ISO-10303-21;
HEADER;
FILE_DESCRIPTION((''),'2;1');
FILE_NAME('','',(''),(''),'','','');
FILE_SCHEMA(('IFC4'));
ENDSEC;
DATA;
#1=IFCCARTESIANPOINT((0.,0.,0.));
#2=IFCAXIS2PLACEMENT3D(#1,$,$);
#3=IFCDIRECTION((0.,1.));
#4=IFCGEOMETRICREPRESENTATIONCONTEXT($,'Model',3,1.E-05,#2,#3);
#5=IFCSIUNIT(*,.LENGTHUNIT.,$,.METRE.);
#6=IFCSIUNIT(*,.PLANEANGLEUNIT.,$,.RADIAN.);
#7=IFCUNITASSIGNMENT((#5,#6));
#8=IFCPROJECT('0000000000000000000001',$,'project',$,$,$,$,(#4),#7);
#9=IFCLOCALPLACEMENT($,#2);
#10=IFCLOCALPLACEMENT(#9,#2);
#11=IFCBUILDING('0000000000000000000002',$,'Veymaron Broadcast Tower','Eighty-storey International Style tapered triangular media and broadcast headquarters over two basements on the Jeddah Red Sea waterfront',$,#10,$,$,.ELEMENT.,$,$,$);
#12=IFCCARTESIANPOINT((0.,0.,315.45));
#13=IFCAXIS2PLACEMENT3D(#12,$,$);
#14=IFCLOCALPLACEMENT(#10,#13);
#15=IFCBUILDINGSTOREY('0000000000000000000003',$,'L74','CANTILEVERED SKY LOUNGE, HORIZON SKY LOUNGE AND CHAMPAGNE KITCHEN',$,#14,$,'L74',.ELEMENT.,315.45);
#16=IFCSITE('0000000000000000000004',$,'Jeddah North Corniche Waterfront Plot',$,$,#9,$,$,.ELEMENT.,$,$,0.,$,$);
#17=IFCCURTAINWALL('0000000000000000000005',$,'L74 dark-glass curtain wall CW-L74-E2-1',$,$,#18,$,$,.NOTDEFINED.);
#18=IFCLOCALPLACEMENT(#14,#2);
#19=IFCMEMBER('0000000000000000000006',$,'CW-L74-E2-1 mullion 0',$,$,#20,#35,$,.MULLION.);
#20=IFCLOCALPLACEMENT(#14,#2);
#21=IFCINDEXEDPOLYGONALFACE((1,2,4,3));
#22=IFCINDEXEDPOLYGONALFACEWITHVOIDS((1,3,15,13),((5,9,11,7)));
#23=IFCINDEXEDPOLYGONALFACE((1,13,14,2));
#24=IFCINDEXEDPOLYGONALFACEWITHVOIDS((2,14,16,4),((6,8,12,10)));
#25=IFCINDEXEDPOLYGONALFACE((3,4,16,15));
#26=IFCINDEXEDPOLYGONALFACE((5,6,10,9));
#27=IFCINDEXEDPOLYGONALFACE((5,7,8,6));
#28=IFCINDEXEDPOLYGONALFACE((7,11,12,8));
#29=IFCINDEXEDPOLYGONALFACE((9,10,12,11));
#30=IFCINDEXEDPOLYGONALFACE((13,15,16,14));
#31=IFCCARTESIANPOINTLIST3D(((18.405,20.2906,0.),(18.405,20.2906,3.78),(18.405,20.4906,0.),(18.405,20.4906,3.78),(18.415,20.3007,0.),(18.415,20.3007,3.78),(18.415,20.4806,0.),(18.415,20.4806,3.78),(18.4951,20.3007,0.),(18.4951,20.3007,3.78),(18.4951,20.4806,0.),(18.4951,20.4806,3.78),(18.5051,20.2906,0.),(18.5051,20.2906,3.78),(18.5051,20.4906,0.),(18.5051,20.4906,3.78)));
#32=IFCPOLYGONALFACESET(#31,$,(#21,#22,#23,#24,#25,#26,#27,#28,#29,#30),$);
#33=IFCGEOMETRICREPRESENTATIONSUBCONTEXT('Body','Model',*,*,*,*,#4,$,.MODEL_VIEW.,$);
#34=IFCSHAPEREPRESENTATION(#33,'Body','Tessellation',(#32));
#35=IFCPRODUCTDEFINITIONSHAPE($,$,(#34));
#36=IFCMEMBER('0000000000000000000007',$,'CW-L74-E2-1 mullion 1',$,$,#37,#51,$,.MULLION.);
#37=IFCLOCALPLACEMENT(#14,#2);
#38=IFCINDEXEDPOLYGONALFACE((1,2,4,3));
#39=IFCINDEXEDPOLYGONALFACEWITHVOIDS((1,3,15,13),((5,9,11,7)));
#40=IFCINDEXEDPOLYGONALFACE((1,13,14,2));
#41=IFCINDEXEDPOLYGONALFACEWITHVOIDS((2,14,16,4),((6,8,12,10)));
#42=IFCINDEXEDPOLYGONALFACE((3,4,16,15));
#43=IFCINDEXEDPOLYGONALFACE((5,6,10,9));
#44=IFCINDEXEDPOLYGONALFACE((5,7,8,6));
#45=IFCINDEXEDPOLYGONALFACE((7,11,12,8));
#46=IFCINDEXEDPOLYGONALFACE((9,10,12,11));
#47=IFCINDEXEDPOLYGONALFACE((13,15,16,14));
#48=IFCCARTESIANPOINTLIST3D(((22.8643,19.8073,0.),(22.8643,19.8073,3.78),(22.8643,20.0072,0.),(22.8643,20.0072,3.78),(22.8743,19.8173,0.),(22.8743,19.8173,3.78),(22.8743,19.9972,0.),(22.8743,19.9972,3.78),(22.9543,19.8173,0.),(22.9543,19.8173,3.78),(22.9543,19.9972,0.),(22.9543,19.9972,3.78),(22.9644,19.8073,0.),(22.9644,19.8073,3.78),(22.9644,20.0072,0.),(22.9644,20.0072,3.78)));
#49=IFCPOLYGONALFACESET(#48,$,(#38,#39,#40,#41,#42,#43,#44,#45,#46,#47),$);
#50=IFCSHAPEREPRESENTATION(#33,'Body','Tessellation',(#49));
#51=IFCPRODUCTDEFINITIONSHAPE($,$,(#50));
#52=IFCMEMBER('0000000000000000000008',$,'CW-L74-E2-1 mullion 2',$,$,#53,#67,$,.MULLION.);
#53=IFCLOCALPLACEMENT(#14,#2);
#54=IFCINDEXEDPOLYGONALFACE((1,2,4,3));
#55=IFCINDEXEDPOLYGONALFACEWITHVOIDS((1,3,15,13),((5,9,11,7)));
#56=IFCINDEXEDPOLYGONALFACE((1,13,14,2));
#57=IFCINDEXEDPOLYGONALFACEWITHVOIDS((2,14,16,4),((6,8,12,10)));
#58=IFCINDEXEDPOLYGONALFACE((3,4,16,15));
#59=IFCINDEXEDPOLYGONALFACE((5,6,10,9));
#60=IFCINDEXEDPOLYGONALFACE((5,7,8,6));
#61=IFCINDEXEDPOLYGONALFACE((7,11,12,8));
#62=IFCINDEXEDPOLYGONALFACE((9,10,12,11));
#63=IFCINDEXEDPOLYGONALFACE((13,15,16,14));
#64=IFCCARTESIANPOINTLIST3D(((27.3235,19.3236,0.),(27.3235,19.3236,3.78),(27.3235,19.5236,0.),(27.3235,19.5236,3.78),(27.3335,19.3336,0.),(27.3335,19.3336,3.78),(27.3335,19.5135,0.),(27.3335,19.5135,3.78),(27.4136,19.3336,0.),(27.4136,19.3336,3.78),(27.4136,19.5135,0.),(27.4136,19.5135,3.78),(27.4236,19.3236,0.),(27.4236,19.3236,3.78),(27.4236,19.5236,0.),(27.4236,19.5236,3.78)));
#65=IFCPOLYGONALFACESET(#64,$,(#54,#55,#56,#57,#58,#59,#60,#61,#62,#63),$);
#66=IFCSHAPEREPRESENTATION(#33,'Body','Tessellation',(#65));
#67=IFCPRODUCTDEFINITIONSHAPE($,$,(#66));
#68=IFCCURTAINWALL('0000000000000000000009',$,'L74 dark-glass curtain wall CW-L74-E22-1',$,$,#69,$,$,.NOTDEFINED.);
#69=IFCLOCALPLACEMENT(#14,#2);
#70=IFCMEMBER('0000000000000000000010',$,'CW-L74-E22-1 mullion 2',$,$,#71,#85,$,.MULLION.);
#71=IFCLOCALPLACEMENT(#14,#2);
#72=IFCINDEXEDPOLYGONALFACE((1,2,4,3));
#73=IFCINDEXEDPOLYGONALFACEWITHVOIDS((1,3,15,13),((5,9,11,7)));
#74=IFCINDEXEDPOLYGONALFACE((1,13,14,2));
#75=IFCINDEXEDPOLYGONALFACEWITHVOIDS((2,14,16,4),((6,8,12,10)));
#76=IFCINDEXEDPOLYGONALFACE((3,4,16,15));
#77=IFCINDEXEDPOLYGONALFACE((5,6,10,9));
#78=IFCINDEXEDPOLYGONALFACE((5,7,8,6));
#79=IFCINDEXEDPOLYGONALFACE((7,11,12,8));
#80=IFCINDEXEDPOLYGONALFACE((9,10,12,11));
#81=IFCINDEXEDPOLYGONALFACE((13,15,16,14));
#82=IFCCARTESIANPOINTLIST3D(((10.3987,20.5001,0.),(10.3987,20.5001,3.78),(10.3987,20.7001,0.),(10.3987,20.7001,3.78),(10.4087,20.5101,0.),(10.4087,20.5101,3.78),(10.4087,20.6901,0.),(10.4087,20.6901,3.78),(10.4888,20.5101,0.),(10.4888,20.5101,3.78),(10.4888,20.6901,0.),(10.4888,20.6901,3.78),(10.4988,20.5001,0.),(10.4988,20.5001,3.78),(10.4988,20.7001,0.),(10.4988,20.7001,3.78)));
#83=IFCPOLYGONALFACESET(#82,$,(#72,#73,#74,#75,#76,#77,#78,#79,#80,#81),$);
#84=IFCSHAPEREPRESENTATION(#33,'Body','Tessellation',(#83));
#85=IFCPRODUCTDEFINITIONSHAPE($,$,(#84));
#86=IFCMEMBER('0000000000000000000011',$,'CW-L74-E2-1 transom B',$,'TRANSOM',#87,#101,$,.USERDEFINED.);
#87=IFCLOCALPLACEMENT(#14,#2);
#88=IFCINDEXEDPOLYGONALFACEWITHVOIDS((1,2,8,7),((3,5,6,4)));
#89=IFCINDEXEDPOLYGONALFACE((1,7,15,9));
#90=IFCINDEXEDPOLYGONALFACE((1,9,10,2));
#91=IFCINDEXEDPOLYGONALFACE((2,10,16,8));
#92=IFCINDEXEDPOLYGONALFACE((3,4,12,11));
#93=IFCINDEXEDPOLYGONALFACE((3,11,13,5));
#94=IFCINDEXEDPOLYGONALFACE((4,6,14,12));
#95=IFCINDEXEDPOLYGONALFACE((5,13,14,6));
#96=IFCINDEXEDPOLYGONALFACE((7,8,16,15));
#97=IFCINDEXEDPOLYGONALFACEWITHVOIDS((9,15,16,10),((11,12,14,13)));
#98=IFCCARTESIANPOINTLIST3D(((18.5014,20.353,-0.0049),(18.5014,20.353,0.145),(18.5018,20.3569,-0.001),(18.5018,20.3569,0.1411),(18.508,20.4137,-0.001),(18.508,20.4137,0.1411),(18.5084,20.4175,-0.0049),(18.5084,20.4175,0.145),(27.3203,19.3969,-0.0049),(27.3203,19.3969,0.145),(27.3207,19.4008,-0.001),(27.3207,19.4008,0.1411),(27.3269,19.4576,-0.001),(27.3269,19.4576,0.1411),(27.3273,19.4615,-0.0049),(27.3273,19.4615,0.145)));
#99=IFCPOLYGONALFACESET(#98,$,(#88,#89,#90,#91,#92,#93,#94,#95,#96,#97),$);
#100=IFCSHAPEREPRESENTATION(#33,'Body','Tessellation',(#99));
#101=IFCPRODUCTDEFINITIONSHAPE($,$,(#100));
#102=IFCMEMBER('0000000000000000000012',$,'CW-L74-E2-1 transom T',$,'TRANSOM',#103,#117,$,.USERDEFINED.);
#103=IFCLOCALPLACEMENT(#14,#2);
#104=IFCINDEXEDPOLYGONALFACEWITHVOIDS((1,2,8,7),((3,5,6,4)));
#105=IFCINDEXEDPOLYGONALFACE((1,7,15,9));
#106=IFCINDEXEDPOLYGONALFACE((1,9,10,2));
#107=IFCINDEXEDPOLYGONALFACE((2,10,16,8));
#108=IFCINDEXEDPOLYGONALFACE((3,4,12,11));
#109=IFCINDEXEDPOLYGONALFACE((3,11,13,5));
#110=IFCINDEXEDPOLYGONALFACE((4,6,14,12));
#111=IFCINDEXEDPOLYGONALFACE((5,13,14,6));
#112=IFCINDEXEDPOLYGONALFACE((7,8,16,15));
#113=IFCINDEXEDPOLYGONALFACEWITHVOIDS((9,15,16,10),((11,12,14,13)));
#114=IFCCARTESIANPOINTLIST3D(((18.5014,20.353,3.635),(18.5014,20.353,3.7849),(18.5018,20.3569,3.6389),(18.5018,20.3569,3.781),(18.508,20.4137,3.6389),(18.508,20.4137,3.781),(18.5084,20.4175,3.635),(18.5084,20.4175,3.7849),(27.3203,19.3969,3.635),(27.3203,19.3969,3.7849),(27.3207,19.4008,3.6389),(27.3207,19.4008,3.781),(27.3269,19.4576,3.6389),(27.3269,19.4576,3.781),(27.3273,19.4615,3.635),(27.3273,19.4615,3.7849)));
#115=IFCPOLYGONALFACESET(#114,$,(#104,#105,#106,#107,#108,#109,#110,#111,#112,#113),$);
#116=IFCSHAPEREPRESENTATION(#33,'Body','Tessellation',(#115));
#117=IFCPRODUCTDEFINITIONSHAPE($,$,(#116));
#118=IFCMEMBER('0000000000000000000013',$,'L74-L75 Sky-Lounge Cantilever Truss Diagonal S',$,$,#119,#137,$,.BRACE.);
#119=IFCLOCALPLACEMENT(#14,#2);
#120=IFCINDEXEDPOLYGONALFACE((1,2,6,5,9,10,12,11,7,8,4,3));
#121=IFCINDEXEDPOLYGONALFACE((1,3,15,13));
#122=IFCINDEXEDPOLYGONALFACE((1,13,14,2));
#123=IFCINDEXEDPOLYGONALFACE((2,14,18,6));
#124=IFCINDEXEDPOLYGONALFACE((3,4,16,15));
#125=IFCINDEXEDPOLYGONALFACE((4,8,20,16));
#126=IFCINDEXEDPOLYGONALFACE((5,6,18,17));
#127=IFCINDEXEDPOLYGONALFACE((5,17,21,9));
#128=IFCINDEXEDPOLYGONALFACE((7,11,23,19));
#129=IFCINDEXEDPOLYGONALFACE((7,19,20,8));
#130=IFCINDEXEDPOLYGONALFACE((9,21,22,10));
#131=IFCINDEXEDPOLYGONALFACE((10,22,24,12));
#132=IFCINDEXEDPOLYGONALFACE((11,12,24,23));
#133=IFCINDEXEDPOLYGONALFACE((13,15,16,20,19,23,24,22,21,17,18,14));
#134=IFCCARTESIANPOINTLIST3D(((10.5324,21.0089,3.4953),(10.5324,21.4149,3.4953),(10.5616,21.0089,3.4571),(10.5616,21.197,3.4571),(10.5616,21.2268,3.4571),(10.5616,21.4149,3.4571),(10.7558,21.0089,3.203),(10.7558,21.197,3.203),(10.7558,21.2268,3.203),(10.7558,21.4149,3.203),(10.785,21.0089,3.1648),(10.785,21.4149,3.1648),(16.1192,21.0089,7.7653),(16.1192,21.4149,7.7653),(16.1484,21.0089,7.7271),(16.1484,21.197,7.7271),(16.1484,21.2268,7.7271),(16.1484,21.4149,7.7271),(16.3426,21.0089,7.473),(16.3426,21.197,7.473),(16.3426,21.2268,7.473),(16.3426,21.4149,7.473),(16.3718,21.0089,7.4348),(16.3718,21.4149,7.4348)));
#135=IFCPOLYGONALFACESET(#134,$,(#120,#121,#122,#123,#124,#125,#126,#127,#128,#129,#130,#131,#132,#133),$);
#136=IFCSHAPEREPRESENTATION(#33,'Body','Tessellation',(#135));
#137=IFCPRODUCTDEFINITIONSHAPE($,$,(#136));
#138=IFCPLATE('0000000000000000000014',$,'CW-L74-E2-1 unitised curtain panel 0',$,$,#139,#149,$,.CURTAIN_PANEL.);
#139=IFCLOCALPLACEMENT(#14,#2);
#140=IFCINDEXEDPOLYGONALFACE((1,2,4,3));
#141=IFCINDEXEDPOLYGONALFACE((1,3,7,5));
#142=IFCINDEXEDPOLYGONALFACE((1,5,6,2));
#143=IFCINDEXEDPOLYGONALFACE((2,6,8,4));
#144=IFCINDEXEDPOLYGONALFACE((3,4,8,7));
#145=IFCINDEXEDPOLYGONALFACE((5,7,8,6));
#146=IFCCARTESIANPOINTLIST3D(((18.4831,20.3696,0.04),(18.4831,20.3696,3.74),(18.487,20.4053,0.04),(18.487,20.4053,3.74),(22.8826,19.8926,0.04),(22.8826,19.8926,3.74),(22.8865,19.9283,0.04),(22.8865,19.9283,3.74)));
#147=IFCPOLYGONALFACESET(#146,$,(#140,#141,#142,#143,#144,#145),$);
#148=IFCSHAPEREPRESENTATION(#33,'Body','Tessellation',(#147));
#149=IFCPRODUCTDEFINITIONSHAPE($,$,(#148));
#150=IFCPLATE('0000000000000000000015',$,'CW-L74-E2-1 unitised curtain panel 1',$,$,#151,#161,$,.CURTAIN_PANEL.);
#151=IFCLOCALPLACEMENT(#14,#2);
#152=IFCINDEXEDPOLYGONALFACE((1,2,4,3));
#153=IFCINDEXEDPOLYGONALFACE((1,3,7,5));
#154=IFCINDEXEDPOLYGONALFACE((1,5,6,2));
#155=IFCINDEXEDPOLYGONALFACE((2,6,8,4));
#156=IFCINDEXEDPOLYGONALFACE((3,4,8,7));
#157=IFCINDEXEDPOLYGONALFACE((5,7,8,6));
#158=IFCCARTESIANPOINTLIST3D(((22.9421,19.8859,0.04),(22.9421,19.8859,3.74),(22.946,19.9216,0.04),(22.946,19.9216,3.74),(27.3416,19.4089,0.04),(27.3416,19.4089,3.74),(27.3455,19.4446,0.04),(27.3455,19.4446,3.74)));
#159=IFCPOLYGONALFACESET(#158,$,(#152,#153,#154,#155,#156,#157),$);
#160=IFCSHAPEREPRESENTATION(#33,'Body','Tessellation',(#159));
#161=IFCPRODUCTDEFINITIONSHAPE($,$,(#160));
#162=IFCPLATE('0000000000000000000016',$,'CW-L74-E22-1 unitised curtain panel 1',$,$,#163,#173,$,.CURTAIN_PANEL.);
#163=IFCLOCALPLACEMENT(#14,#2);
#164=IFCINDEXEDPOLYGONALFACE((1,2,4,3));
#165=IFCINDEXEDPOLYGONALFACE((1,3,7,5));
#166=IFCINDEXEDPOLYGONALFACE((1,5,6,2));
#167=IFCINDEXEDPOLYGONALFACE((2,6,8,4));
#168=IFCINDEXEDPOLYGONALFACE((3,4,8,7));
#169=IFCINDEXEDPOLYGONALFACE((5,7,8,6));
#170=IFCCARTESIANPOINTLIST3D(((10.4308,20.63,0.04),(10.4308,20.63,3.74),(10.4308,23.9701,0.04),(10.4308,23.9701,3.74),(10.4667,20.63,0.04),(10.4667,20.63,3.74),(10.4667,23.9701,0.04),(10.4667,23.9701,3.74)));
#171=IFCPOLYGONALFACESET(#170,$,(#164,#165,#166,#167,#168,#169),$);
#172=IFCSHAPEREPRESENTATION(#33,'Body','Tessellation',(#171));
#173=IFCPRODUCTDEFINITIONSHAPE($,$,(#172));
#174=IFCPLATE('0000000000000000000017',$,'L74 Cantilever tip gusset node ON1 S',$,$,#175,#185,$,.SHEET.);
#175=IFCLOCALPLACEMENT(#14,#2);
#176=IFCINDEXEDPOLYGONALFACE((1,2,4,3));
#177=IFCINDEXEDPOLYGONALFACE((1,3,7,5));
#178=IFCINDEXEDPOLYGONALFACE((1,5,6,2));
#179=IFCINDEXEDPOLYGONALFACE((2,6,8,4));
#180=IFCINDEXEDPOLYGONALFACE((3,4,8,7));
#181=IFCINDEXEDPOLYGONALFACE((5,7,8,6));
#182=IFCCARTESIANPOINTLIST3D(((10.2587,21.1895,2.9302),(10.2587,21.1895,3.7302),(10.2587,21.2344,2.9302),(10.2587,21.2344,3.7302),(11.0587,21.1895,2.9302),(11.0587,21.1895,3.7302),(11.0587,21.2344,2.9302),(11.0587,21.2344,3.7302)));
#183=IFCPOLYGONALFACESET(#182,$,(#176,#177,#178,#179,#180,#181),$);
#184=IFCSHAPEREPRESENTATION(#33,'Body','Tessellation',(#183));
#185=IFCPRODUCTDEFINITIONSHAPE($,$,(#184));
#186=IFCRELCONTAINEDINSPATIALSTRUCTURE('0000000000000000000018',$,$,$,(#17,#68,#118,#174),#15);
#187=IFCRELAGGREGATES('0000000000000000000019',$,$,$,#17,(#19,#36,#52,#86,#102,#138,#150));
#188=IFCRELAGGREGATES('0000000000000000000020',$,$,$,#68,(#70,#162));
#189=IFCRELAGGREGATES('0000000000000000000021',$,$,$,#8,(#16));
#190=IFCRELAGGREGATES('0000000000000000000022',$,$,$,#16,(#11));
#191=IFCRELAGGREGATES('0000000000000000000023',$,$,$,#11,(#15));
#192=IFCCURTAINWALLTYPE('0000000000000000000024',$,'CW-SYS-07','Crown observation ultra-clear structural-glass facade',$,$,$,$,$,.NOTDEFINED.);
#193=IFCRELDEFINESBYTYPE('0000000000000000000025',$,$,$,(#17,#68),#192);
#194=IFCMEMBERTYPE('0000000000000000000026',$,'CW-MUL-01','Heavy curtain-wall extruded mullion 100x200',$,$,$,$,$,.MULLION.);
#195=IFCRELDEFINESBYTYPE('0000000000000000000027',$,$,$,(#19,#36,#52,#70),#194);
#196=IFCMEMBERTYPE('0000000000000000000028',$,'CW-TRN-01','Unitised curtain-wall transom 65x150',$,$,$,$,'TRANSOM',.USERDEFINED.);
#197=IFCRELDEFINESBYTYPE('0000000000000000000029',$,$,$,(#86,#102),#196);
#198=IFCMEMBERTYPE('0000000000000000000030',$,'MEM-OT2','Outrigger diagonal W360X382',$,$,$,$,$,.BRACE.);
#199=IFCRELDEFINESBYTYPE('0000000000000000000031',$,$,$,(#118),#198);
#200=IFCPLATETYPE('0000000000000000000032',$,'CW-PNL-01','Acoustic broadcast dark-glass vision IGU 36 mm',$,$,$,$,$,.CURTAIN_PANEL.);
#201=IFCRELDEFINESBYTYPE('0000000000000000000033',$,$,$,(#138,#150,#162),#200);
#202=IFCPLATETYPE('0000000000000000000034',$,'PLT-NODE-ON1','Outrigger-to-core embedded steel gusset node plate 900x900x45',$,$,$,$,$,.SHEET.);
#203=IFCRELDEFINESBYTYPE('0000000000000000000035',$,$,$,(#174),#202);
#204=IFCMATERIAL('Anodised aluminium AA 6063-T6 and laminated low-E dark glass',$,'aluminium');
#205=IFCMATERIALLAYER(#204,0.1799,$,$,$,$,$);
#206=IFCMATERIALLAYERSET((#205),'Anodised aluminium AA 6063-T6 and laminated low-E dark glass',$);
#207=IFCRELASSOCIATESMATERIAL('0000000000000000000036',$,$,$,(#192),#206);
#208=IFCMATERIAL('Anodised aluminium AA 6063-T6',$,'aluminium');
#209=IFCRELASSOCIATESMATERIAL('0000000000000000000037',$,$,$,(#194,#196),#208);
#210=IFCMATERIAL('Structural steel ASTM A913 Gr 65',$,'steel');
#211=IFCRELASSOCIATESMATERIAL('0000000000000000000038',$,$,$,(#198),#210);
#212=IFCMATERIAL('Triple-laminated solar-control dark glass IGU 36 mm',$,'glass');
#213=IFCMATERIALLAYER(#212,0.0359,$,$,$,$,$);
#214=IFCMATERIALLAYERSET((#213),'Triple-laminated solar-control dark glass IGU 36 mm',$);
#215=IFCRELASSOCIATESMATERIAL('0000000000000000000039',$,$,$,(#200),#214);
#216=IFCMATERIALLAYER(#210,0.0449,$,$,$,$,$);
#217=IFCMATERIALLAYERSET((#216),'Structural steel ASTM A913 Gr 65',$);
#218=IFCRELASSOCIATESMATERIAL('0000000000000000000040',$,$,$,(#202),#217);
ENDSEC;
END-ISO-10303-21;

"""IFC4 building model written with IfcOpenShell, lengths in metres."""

from ifc_helpers import new_model, si_unit, direction, frame, origin, origin_2d, place, context, subcontext, project, spatial, rectangle, hollow_rectangle, i_section, extrude, material, layer, layer_set, material_profile, profile_set, type_object, element, aggregate, save


model = new_model("IFC4")

# Units and contexts
model_context = context("Model", 3, precision=1e-05, world=origin(), true_north=direction((0.0, 1.0)))
body_context = subcontext(model_context, "Body", "Model", "MODEL_VIEW")
ifc_project = project(units=[si_unit("LENGTHUNIT", "METRE"), si_unit("PLANEANGLEUNIT", "RADIAN")], contexts=[model_context])

# Site, building, storey
site_placement = place(None, origin())
site = spatial("IfcSite", under=ifc_project, at=site_placement, Name="Jeddah North Corniche Waterfront Plot", CompositionType="ELEMENT", RefElevation=0.0)
building_placement = place(site_placement, origin())
building = spatial("IfcBuilding", under=site, at=building_placement, Name="Veymaron Broadcast Tower", Description="Eighty-storey International Style tapered triangular media and broadcast headquarters over two basements on the Jeddah Red Sea waterfront", CompositionType="ELEMENT")
storey_placement = place(building_placement, frame((0.0, 0.0, 315.45)))
storey = spatial("IfcBuildingStorey", under=building, at=storey_placement, Name="L74", Description="CANTILEVERED SKY LOUNGE, HORIZON SKY LOUNGE AND CHAMPAGNE KITCHEN", LongName="L74", CompositionType="ELEMENT", Elevation=315.45)

# Shared definitions
ifc_material_1 = material(Name="Structural steel ASTM A913 Gr 65", Category="steel")

# Curtain wall, members
ifc_material_2 = material(Name="Anodised aluminium AA 6063-T6 and laminated low-E dark glass", Category="aluminium")
ifc_layer_1 = layer(ifc_material_2, 0.1799)
ifc_layer_set_1 = layer_set([ifc_layer_1], Name="Anodised aluminium AA 6063-T6 and laminated low-E dark glass")
curtain_wall_type = type_object("IfcCurtainWallType", Name="CW-SYS-07", Description="Crown observation ultra-clear structural-glass facade", PredefinedType="NOTDEFINED", material=ifc_layer_set_1)
curtain_wall_1_placement = place(storey_placement, origin())
curtain_wall_1 = element("IfcCurtainWall", 1, at=curtain_wall_1_placement, inside=storey, type_object=curtain_wall_type, Name="L74 dark-glass curtain wall CW-L74-E2-1", PredefinedType="NOTDEFINED")
ifc_material_3 = material(Name="Anodised aluminium AA 6063-T6", Category="aluminium")
ifc_material_profile_1 = material_profile(ifc_material_3, hollow_rectangle(XDim=0.1001, YDim=0.2, WallThickness=0.01, at=origin_2d()), Name="RHS200X100X10")
ifc_profile_set_1 = profile_set([ifc_material_profile_1], Name="Anodised aluminium AA 6063-T6")
member_type_1 = type_object("IfcMemberType", Name="CW-MUL-01", Description="Heavy curtain-wall extruded mullion 100x200", PredefinedType="MULLION", material=ifc_profile_set_1)
member_1_placement = place(storey_placement, frame((18.4551, 20.3906, 0.0), z_axis=(0.0, 0.0, 1.0), x_axis=(1.0, 0.0, 0.0)))
member_1 = element("IfcMember", 2, at=member_1_placement, type_object=member_type_1, Name="CW-L74-E2-1 mullion 0", PredefinedType="MULLION", context=body_context, shape_type="SweptSolid", body=[
    extrude(hollow_rectangle(XDim=0.1001, YDim=0.2, WallThickness=0.01, at=origin_2d()), origin(), (0.0, 0.0, 1.0), 3.78),
])
member_2_placement = place(storey_placement, frame((22.9143, 19.9072, 0.0), z_axis=(0.0, 0.0, 1.0), x_axis=(1.0, 0.0, 0.0)))
member_2 = element("IfcMember", 3, at=member_2_placement, type_object=member_type_1, Name="CW-L74-E2-1 mullion 1", PredefinedType="MULLION", context=body_context, shape_type="SweptSolid", body=[
    extrude(hollow_rectangle(XDim=0.1001, YDim=0.2, WallThickness=0.01, at=origin_2d()), origin(), (0.0, 0.0, 1.0), 3.78),
])
member_3_placement = place(storey_placement, frame((27.3735, 19.4236, 0.0), z_axis=(0.0, 0.0, 1.0), x_axis=(1.0, 0.0, 0.0)))
member_3 = element("IfcMember", 4, at=member_3_placement, type_object=member_type_1, Name="CW-L74-E2-1 mullion 2", PredefinedType="MULLION", context=body_context, shape_type="SweptSolid", body=[
    extrude(hollow_rectangle(XDim=0.1001, YDim=0.2, WallThickness=0.01, at=origin_2d()), origin(), (0.0, 0.0, 1.0), 3.78),
])

# Curtain wall, member
curtain_wall_2_placement = place(storey_placement, origin())
curtain_wall_2 = element("IfcCurtainWall", 5, at=curtain_wall_2_placement, inside=storey, type_object=curtain_wall_type, Name="L74 dark-glass curtain wall CW-L74-E22-1", PredefinedType="NOTDEFINED")
member_4_placement = place(storey_placement, frame((10.4487, 20.6001, 0.0), z_axis=(0.0, 0.0, 1.0), x_axis=(1.0, 0.0, 0.0)))
member_4 = element("IfcMember", 6, at=member_4_placement, type_object=member_type_1, Name="CW-L74-E22-1 mullion 2", PredefinedType="MULLION", context=body_context, shape_type="SweptSolid", body=[
    extrude(hollow_rectangle(XDim=0.1001, YDim=0.2, WallThickness=0.01, at=origin_2d()), origin(), (0.0, 0.0, 1.0), 3.78),
])

# Members
ifc_material_profile_2 = material_profile(ifc_material_3, hollow_rectangle(XDim=0.0649, YDim=0.1499, WallThickness=0.0039, at=origin_2d()), Name="AL150X65X4")
ifc_profile_set_2 = profile_set([ifc_material_profile_2], Name="Anodised aluminium AA 6063-T6")
member_type_2 = type_object("IfcMemberType", Name="CW-TRN-01", Description="Unitised curtain-wall transom 65x150", ElementType="TRANSOM", PredefinedType="USERDEFINED", material=ifc_profile_set_2)
member_5_placement = place(storey_placement, frame((18.5049, 20.3853, 0.0701), z_axis=(0.994175, -0.107779, 0.0), x_axis=(0.107779, 0.994175, 0.0)))
member_5 = element("IfcMember", 7, at=member_5_placement, type_object=member_type_2, Name="CW-L74-E2-1 transom B", ObjectType="TRANSOM", PredefinedType="USERDEFINED", context=body_context, shape_type="SweptSolid", body=[
    extrude(hollow_rectangle(XDim=0.0649, YDim=0.1499, WallThickness=0.0039, at=origin_2d()), origin(), (0.0, 0.0, 1.0), 8.8706),
])
member_6_placement = place(storey_placement, frame((18.5049, 20.3853, 3.71), z_axis=(0.994175, -0.107779, 0.0), x_axis=(0.107779, 0.994175, 0.0)))
member_6 = element("IfcMember", 8, at=member_6_placement, type_object=member_type_2, Name="CW-L74-E2-1 transom T", ObjectType="TRANSOM", PredefinedType="USERDEFINED", context=body_context, shape_type="SweptSolid", body=[
    extrude(hollow_rectangle(XDim=0.0649, YDim=0.1499, WallThickness=0.0039, at=origin_2d()), origin(), (0.0, 0.0, 1.0), 8.8706),
])
ifc_material_profile_3 = material_profile(ifc_material_1, i_section(OverallWidth=0.406, OverallDepth=0.416, WebThickness=0.0298, FlangeThickness=0.0481, at=origin_2d()), Name="W360X382")
ifc_profile_set_3 = profile_set([ifc_material_profile_3], Name="Structural steel ASTM A913 Gr 65")
member_type_3 = type_object("IfcMemberType", Name="MEM-OT2", Description="Outrigger diagonal W360X382", PredefinedType="BRACE", material=ifc_profile_set_3)
member_7_placement = place(storey_placement, frame((10.6587, 21.2119, 3.3301), z_axis=(0.794517, 0.0, 0.607241), x_axis=(0.0, 1.0, 0.0)))
element("IfcMember", 9, at=member_7_placement, inside=storey, type_object=member_type_3, Name="L74-L75 Sky-Lounge Cantilever Truss Diagonal S", PredefinedType="BRACE", context=body_context, shape_type="SweptSolid", body=[
    extrude(i_section(OverallWidth=0.406, OverallDepth=0.416, WebThickness=0.0298, FlangeThickness=0.0481, at=origin_2d()), origin(), (0.0, 0.0, 1.0), 7.0317),
])

# Plates
ifc_material_4 = material(Name="Triple-laminated solar-control dark glass IGU 36 mm", Category="glass")
ifc_layer_2 = layer(ifc_material_4, 0.0359)
ifc_layer_set_2 = layer_set([ifc_layer_2], Name="Triple-laminated solar-control dark glass IGU 36 mm")
plate_type_1 = type_object("IfcPlateType", Name="CW-PNL-01", Description="Acoustic broadcast dark-glass vision IGU 36 mm", PredefinedType="CURTAIN_PANEL", material=ifc_layer_set_2)
plate_1_placement = place(storey_placement, frame((20.6848, 20.1489, 0.04), z_axis=(0.0, 0.0, 1.0), x_axis=(0.994174, -0.107791, 0.0)))
plate_1 = element("IfcPlate", 10, at=plate_1_placement, type_object=plate_type_1, Name="CW-L74-E2-1 unitised curtain panel 0", PredefinedType="CURTAIN_PANEL", context=body_context, shape_type="SweptSolid", body=[
    extrude(rectangle(XDim=4.4253, YDim=0.0359, at=origin_2d()), origin(), (0.0, 0.0, 1.0), 3.7),
])
plate_2_placement = place(storey_placement, frame((25.1438, 19.6653, 0.04), z_axis=(0.0, 0.0, 1.0), x_axis=(0.994174, -0.107791, 0.0)))
plate_2 = element("IfcPlate", 11, at=plate_2_placement, type_object=plate_type_1, Name="CW-L74-E2-1 unitised curtain panel 1", PredefinedType="CURTAIN_PANEL", context=body_context, shape_type="SweptSolid", body=[
    extrude(rectangle(XDim=4.4253, YDim=0.0359, at=origin_2d()), origin(), (0.0, 0.0, 1.0), 3.7),
])
aggregate(curtain_wall_1, [member_1, member_2, member_3, member_5, member_6, plate_1, plate_2])
plate_3_placement = place(storey_placement, frame((10.4487, 22.3, 0.04), z_axis=(0.0, 0.0, 1.0), x_axis=(0.0, -1.0, 0.0)))
plate_3 = element("IfcPlate", 12, at=plate_3_placement, type_object=plate_type_1, Name="CW-L74-E22-1 unitised curtain panel 1", PredefinedType="CURTAIN_PANEL", context=body_context, shape_type="SweptSolid", body=[
    extrude(rectangle(XDim=3.3401, YDim=0.0359, at=origin_2d()), origin(), (0.0, 0.0, 1.0), 3.7),
])
aggregate(curtain_wall_2, [member_4, plate_3])
ifc_layer_3 = layer(ifc_material_1, 0.0449)
ifc_layer_set_3 = layer_set([ifc_layer_3], Name="Structural steel ASTM A913 Gr 65")
plate_type_2 = type_object("IfcPlateType", Name="PLT-NODE-ON1", Description="Outrigger-to-core embedded steel gusset node plate 900x900x45", PredefinedType="SHEET", material=ifc_layer_set_3)
plate_4_placement = place(storey_placement, frame((10.6587, 21.2119, 2.9302), z_axis=(0.0, 0.0, 1.0), x_axis=(1.0, 0.0, 0.0)))
element("IfcPlate", 13, at=plate_4_placement, inside=storey, type_object=plate_type_2, Name="L74 Cantilever tip gusset node ON1 S", PredefinedType="SHEET", context=body_context, shape_type="SweptSolid", body=[
    extrude(rectangle(XDim=0.8, YDim=0.0449, at=origin_2d()), origin(), (0.0, 0.0, 1.0), 0.8),
])

save(model, "model.ifc")
